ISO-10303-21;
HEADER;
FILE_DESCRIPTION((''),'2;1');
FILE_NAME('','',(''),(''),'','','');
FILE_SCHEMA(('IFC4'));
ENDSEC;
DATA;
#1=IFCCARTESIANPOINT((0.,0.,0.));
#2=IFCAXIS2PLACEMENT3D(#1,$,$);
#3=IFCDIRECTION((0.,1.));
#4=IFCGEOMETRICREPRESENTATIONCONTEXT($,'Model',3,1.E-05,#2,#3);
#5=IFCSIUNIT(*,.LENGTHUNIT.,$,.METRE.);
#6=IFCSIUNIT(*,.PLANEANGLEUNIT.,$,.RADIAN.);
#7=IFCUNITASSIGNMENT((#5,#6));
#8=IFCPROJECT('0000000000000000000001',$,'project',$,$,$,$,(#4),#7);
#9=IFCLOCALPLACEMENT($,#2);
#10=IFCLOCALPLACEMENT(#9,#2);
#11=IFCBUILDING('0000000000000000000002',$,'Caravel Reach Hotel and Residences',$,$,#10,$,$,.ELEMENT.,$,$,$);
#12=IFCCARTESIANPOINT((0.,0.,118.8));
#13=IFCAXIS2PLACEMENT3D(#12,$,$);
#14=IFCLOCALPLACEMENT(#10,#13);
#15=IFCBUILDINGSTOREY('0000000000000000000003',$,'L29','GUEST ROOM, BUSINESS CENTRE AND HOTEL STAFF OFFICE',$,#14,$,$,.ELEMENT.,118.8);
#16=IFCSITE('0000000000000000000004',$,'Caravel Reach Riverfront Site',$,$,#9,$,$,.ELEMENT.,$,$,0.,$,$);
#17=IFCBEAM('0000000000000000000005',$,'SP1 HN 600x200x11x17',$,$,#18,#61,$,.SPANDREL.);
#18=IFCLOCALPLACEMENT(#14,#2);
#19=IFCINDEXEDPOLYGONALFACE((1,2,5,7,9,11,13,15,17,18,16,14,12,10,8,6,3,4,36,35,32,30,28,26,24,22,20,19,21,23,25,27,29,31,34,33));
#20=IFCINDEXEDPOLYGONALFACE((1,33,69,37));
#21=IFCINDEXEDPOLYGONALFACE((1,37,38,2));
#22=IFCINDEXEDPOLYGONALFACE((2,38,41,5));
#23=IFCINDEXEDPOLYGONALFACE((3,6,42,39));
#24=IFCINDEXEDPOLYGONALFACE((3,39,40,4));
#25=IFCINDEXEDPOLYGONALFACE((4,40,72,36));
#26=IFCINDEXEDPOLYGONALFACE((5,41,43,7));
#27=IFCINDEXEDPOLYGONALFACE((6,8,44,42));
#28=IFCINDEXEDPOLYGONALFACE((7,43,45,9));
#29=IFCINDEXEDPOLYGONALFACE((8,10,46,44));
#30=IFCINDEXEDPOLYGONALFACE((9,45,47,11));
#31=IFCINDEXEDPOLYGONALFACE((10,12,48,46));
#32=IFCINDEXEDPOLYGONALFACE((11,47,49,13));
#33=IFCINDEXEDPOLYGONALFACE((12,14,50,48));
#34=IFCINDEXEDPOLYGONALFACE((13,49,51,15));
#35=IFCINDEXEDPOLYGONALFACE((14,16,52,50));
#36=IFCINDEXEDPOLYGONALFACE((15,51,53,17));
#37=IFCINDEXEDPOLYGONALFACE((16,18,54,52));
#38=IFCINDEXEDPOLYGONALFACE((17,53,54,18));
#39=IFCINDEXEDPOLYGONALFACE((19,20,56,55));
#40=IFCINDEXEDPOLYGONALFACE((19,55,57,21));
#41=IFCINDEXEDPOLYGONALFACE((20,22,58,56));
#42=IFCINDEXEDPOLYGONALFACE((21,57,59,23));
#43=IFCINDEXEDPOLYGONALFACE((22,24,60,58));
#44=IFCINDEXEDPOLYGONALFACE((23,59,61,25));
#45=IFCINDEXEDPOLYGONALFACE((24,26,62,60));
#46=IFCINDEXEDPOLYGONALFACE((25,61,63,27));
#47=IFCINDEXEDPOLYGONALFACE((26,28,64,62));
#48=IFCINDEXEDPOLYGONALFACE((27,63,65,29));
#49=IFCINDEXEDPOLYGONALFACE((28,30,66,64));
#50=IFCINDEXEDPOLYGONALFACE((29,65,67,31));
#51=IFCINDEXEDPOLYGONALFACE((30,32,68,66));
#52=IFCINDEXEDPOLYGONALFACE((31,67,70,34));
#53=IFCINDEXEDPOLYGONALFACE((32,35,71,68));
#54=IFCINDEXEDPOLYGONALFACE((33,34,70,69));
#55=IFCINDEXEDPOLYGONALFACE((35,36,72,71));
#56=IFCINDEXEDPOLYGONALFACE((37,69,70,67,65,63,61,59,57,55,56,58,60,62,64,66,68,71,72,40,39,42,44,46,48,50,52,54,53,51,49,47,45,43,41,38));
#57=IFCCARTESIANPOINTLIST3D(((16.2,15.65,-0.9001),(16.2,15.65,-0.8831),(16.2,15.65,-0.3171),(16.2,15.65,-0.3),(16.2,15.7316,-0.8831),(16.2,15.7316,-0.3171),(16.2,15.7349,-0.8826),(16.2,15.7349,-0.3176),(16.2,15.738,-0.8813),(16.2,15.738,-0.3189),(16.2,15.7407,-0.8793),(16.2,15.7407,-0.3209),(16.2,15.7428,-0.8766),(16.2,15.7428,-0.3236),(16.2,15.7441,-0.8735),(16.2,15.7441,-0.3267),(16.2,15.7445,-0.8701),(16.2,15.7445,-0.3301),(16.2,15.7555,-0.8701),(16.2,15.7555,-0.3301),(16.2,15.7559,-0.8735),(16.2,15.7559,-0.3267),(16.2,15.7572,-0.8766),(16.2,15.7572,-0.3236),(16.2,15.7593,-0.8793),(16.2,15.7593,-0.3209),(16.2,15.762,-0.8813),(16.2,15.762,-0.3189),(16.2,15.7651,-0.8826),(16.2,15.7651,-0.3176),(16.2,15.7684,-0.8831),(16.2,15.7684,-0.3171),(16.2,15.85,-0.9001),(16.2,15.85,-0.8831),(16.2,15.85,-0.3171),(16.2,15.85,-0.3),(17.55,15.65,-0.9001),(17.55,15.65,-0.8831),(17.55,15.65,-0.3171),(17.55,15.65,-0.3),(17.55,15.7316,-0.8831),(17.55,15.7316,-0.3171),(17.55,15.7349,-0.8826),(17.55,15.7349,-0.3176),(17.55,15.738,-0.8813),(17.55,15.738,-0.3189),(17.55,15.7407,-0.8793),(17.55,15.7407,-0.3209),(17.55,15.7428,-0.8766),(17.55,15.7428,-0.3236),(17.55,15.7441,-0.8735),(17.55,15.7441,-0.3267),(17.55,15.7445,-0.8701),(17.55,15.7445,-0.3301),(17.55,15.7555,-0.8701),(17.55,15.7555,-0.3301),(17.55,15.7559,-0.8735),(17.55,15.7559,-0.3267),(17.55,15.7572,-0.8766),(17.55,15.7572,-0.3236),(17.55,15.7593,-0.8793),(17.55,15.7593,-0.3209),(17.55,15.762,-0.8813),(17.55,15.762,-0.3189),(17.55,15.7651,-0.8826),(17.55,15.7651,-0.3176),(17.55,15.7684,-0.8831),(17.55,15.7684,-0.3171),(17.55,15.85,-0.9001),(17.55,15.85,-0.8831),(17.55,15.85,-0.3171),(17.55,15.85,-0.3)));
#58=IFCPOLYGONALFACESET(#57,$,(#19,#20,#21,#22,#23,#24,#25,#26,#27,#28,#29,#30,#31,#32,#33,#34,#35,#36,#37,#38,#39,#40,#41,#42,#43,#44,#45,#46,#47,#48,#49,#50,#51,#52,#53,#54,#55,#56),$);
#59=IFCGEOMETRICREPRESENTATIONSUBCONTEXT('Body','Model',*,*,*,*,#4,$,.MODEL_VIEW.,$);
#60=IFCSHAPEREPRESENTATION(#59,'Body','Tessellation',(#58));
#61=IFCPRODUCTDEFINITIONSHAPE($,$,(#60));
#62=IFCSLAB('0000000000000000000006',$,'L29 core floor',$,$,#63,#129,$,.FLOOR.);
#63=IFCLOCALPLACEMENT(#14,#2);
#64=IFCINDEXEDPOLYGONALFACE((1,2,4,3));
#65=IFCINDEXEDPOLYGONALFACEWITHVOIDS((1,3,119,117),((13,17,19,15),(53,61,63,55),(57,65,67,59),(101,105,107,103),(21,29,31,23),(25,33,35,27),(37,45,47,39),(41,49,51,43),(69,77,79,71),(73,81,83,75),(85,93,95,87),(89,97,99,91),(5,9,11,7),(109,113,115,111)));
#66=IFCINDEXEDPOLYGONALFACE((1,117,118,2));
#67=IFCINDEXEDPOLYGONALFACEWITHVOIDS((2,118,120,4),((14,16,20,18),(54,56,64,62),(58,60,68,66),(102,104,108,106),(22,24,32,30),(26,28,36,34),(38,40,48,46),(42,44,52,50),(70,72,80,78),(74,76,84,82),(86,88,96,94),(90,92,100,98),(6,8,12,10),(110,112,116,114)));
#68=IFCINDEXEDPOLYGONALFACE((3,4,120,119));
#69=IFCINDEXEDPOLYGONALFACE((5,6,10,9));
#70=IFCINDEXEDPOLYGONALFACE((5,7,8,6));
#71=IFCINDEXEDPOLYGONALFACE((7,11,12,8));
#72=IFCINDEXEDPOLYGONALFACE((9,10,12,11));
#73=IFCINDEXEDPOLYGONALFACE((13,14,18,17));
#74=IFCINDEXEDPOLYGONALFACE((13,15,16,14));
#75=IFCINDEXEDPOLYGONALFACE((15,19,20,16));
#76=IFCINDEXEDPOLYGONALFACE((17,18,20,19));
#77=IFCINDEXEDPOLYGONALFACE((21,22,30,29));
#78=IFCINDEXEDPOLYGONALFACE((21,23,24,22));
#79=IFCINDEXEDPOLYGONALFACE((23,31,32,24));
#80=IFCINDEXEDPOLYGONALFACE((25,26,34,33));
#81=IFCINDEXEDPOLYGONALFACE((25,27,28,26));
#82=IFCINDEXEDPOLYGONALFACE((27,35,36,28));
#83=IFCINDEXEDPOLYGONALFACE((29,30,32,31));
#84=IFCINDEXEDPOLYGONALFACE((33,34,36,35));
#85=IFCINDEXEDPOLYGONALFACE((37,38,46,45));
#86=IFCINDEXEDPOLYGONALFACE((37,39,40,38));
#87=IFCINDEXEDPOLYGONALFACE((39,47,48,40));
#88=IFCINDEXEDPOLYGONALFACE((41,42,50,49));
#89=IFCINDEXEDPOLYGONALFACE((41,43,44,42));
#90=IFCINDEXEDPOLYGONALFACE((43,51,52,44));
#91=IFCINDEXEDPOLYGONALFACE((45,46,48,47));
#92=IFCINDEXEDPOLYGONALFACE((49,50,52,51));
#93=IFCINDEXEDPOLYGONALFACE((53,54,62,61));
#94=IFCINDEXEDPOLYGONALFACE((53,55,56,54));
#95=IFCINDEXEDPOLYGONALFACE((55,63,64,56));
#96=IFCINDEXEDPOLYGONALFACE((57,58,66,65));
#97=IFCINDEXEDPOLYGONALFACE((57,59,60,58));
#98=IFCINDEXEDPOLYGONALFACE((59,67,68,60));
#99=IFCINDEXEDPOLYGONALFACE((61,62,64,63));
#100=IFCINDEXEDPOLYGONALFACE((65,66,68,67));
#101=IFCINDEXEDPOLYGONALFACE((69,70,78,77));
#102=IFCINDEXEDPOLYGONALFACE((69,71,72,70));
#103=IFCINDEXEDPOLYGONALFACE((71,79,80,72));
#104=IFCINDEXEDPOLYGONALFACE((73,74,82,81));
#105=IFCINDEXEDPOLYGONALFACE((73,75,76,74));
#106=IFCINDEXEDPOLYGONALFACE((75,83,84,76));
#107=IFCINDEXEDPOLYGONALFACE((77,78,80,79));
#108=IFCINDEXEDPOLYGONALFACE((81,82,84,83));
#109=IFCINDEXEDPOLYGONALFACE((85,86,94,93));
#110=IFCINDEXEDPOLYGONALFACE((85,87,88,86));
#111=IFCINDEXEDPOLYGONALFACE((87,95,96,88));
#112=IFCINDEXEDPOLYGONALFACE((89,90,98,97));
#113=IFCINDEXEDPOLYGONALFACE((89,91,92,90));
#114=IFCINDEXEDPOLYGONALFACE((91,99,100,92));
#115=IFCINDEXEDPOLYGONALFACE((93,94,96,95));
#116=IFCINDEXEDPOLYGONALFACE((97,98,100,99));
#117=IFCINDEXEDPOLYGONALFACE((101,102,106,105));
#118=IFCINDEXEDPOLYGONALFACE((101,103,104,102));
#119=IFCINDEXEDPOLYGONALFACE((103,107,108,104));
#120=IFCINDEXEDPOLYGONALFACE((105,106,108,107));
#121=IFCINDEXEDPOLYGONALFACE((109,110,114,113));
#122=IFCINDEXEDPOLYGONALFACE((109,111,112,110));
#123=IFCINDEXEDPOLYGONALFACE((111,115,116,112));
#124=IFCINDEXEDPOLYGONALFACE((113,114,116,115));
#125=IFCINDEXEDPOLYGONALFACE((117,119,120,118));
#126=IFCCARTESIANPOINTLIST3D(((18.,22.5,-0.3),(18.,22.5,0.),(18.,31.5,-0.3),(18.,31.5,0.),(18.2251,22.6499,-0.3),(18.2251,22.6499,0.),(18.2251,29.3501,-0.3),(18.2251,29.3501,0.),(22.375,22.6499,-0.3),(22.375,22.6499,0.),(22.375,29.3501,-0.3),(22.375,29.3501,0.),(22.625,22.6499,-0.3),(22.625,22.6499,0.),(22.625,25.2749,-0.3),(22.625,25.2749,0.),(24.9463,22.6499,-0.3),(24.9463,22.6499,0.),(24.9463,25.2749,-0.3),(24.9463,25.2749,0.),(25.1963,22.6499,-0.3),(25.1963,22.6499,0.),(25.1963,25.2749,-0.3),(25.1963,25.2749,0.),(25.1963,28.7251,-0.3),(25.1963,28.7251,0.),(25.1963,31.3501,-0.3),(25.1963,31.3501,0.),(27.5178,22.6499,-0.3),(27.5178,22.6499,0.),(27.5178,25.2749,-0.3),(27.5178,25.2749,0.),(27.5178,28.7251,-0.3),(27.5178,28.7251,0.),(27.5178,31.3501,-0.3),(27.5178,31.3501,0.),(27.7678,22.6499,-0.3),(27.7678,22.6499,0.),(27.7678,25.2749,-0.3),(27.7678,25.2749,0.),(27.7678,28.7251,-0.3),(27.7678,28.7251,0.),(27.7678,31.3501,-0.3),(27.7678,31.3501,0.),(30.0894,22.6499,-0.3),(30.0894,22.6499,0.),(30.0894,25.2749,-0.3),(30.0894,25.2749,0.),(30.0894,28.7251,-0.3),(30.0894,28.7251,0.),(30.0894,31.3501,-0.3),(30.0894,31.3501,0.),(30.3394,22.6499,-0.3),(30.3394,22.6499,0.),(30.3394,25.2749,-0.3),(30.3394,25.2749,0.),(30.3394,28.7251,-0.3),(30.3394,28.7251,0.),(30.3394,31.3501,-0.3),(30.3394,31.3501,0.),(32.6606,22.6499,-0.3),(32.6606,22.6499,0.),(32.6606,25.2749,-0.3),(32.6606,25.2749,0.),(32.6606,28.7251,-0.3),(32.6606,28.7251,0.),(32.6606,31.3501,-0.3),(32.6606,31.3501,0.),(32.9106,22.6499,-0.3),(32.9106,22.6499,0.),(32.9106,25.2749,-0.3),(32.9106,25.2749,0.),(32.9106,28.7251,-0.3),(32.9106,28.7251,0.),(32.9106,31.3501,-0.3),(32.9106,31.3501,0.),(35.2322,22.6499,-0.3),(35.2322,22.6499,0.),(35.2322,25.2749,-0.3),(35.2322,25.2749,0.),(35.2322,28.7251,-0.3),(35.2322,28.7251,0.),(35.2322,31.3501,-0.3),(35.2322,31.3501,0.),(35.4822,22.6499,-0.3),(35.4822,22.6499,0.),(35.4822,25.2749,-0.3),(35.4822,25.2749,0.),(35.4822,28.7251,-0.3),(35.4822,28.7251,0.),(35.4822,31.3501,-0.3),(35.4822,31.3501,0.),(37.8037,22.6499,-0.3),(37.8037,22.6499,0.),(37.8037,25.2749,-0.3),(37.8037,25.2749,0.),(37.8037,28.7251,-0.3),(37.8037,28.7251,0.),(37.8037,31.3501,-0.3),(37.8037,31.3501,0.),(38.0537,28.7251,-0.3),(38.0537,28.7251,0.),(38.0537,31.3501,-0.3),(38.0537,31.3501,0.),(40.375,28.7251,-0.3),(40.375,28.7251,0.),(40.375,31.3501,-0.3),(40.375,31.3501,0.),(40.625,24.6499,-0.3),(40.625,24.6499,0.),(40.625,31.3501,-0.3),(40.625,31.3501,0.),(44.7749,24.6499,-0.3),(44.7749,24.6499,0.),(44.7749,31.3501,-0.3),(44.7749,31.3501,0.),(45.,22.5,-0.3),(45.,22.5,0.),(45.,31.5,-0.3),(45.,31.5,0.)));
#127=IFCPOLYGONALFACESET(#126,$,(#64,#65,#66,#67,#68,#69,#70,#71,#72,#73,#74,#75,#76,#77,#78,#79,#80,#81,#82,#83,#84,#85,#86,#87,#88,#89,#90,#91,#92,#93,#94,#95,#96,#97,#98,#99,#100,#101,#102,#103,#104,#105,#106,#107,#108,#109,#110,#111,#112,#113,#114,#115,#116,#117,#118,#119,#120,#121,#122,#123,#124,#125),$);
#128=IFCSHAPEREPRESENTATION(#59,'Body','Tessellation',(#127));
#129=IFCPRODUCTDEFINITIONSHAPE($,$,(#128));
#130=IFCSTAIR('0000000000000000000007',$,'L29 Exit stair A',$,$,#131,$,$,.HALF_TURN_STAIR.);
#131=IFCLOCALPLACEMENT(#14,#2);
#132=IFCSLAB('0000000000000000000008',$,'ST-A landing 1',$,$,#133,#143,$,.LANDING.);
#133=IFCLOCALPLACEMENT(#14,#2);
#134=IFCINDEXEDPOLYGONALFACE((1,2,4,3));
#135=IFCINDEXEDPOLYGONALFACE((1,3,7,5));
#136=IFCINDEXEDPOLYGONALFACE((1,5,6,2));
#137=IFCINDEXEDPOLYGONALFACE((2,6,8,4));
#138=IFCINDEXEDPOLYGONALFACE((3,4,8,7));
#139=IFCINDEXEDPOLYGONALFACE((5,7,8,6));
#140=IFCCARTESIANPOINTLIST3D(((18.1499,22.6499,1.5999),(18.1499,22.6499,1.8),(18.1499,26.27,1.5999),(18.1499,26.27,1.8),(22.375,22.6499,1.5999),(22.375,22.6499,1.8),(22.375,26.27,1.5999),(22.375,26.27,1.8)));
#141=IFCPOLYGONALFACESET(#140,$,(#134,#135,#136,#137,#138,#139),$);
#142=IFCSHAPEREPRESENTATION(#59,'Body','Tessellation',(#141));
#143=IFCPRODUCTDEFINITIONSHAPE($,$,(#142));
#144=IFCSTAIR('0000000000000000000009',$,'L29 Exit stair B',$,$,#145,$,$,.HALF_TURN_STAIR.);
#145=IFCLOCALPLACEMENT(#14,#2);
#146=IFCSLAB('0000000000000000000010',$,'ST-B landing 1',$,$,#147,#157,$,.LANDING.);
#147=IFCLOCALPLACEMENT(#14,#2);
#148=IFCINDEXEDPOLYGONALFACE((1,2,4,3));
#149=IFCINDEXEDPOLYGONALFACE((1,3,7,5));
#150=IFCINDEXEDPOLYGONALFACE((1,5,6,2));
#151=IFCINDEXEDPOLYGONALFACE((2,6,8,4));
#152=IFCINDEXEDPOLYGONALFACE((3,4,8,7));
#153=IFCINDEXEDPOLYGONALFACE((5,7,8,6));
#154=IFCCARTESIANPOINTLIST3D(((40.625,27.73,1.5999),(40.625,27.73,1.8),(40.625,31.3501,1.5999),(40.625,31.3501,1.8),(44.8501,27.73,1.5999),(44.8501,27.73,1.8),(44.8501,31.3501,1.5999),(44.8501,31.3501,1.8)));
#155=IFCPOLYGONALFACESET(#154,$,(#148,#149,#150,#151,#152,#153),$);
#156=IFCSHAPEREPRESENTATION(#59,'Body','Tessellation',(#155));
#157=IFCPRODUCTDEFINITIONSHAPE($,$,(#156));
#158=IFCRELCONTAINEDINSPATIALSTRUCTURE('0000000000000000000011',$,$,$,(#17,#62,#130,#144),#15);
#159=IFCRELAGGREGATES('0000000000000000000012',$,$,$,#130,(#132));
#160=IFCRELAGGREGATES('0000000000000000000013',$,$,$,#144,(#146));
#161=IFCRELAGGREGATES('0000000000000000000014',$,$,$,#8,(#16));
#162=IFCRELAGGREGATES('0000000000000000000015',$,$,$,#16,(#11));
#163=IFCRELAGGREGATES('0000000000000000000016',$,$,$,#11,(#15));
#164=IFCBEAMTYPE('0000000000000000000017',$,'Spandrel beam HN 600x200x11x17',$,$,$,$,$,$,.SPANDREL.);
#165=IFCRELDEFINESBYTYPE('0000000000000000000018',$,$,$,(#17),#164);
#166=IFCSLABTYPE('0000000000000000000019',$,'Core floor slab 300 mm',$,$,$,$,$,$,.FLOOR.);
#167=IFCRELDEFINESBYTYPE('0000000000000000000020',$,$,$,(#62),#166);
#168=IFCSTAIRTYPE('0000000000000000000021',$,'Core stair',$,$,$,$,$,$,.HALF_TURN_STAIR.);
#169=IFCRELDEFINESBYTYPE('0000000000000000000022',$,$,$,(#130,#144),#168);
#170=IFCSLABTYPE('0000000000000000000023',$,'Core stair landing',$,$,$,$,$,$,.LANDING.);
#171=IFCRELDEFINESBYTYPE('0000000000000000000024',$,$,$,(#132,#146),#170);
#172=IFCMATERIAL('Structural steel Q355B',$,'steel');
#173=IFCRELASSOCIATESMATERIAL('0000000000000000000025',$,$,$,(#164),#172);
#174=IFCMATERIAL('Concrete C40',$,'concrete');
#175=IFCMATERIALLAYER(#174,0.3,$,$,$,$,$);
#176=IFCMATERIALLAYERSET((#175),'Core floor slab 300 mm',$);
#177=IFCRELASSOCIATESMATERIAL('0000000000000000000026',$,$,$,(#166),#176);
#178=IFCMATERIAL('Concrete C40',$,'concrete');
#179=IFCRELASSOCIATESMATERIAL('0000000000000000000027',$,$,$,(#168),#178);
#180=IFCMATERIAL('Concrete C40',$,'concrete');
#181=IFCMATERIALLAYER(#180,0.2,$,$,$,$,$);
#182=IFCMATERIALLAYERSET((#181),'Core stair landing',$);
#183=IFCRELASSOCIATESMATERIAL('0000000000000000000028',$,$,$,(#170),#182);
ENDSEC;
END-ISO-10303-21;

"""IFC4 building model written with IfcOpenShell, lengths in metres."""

from ifc_helpers import new_model, si_unit, direction, frame, origin, origin_2d, place, context, subcontext, project, spatial, polyline, i_section, outline, extrude, material, layer, layer_set, material_profile, profile_set, type_object, element, aggregate, save


model = new_model("IFC4")

# Units and contexts
model_context = context("Model", 3, precision=1e-05, world=origin(), true_north=direction((0.0, 1.0)))
body_context = subcontext(model_context, "Body", "Model", "MODEL_VIEW")
ifc_project = project(units=[si_unit("LENGTHUNIT", "METRE"), si_unit("PLANEANGLEUNIT", "RADIAN")], contexts=[model_context])

# Site, building, storey
site_placement = place(None, origin())
site = spatial("IfcSite", under=ifc_project, at=site_placement, Name="Caravel Reach Riverfront Site", CompositionType="ELEMENT", RefElevation=0.0)
building_placement = place(site_placement, origin())
building = spatial("IfcBuilding", under=site, at=building_placement, Name="Caravel Reach Hotel and Residences", CompositionType="ELEMENT")
storey_placement = place(building_placement, frame((0.0, 0.0, 118.8)))
storey = spatial("IfcBuildingStorey", under=building, at=storey_placement, Name="L29", Description="GUEST ROOM, BUSINESS CENTRE AND HOTEL STAFF OFFICE", CompositionType="ELEMENT", Elevation=118.8)

# Beam
ifc_material_1 = material(Name="Structural steel Q355B", Category="steel")
ifc_material_profile_1 = material_profile(ifc_material_1, i_section(OverallWidth=0.2, OverallDepth=0.6001, WebThickness=0.011, FlangeThickness=0.0171, FilletRadius=0.0129, at=origin_2d()), Name="HN 600x200x11x17")
ifc_profile_set_1 = profile_set([ifc_material_profile_1], Name="Structural steel Q355B")
beam_type = type_object("IfcBeamType", Name="Spandrel beam HN 600x200x11x17", PredefinedType="SPANDREL", material=ifc_profile_set_1)
for number, where, z_axis, x_axis, name in (
    (1, (16.2, 15.75, -0.6001), (1.0, 0.0, 0.0), (0.0, 1.0, 0.0), "SP1 HN 600x200x11x17"),
):
    element("IfcBeam", number, at=place(storey_placement, frame(where, z_axis=z_axis, x_axis=x_axis)), inside=storey, type_object=beam_type, Name=name, PredefinedType="SPANDREL", context=body_context, shape_type="SweptSolid", body=[
        extrude(i_section(OverallWidth=0.2, OverallDepth=0.6001, WebThickness=0.011, FlangeThickness=0.0171, FilletRadius=0.0129, at=origin_2d()), origin(), (0.0, 0.0, 1.0), 1.3501),
    ])

# Slab
ifc_material_2 = material(Name="Concrete C40", Category="concrete")
ifc_layer_1 = layer(ifc_material_2, 0.3)
ifc_layer_set_1 = layer_set([ifc_layer_1], Name="Core floor slab 300 mm")
slab_type_1 = type_object("IfcSlabType", Name="Core floor slab 300 mm", PredefinedType="FLOOR", material=ifc_layer_set_1)
slab_1_placement = place(storey_placement, frame((0.0, 0.0, -0.3)))
element("IfcSlab", 2, at=slab_1_placement, inside=storey, type_object=slab_type_1, Name="L29 core floor", PredefinedType="FLOOR", context=body_context, shape_type="SweptSolid", body=[
    extrude(outline(polyline([(18.0, 31.5), (45.0, 31.5), (45.0, 22.5), (18.0, 22.5), (18.0, 31.5)]), holes=[polyline([(22.625, 25.2749), (22.625, 22.6499), (24.9463, 22.6499), (24.9463, 25.2749), (22.625, 25.2749)]), polyline([(27.5178, 25.2749), (25.1963, 25.2749), (25.1963, 22.6499), (27.5178, 22.6499), (27.5178, 25.2749)]), polyline([(30.0894, 25.2749), (27.7678, 25.2749), (27.7678, 22.6499), (30.0894, 22.6499), (30.0894, 25.2749)]), polyline([(32.6606, 25.2749), (30.3394, 25.2749), (30.3394, 22.6499), (32.6606, 22.6499), (32.6606, 25.2749)]), polyline([(18.2251, 22.6499), (22.375, 22.6499), (22.375, 29.3501), (18.2251, 29.3501), (18.2251, 22.6499)]), polyline([(27.5178, 31.3501), (25.1963, 31.3501), (25.1963, 28.7251), (27.5178, 28.7251), (27.5178, 31.3501)]), polyline([(30.0894, 31.3501), (27.7678, 31.3501), (27.7678, 28.7251), (30.0894, 28.7251), (30.0894, 31.3501)]), polyline([(32.9106, 25.2749), (32.9106, 22.6499), (35.2322, 22.6499), (35.2322, 25.2749), (32.9106, 25.2749)]), polyline([(37.8037, 25.2749), (35.4822, 25.2749), (35.4822, 22.6499), (37.8037, 22.6499), (37.8037, 25.2749)]), polyline([(44.7749, 31.3501), (40.625, 31.3501), (40.625, 24.6499), (44.7749, 24.6499), (44.7749, 31.3501)]), polyline([(32.6606, 31.3501), (30.3394, 31.3501), (30.3394, 28.7251), (32.6606, 28.7251), (32.6606, 31.3501)]), polyline([(35.2322, 31.3501), (32.9106, 31.3501), (32.9106, 28.7251), (35.2322, 28.7251), (35.2322, 31.3501)]), polyline([(37.8037, 31.3501), (35.4822, 31.3501), (35.4822, 28.7251), (37.8037, 28.7251), (37.8037, 31.3501)]), polyline([(40.375, 31.3501), (38.0537, 31.3501), (38.0537, 28.7251), (40.375, 28.7251), (40.375, 31.3501)])]), origin(), (0.0, 0.0, 1.0), 0.3),
])

# Stairs, slabs
ifc_material_3 = material(Name="Concrete C40", Category="concrete")
stair_type = type_object("IfcStairType", Name="Core stair", PredefinedType="HALF_TURN_STAIR", material=ifc_material_3)
stair_1_placement = place(storey_placement, origin())
stair_1 = element("IfcStair", 3, at=stair_1_placement, inside=storey, type_object=stair_type, Name="L29 Exit stair A", PredefinedType="HALF_TURN_STAIR")
ifc_material_4 = material(Name="Concrete C40", Category="concrete")
ifc_layer_2 = layer(ifc_material_4, 0.2)
ifc_layer_set_2 = layer_set([ifc_layer_2], Name="Core stair landing")
slab_type_2 = type_object("IfcSlabType", Name="Core stair landing", PredefinedType="LANDING", material=ifc_layer_set_2)
slab_2_placement = place(storey_placement, frame((0.0, 0.0, 1.5999)))
slab_2 = element("IfcSlab", 4, at=slab_2_placement, type_object=slab_type_2, Name="ST-A landing 1", PredefinedType="LANDING", context=body_context, shape_type="SweptSolid", body=[
    extrude(outline(polyline([(18.1499, 26.27), (18.1499, 22.6499), (22.375, 22.6499), (22.375, 26.27), (18.1499, 26.27)])), origin(), (0.0, 0.0, 1.0), 0.2002),
])
aggregate(stair_1, [slab_2])
stair_2_placement = place(storey_placement, origin())
stair_2 = element("IfcStair", 5, at=stair_2_placement, inside=storey, type_object=stair_type, Name="L29 Exit stair B", PredefinedType="HALF_TURN_STAIR")
slab_3_placement = place(storey_placement, frame((0.0, 0.0, 1.5999)))
slab_3 = element("IfcSlab", 6, at=slab_3_placement, type_object=slab_type_2, Name="ST-B landing 1", PredefinedType="LANDING", context=body_context, shape_type="SweptSolid", body=[
    extrude(outline(polyline([(44.8501, 27.73), (44.8501, 31.3501), (40.625, 31.3501), (40.625, 27.73), (44.8501, 27.73)])), origin(), (0.0, 0.0, 1.0), 0.2002),
])
aggregate(stair_2, [slab_3])

save(model, "model.ifc")
